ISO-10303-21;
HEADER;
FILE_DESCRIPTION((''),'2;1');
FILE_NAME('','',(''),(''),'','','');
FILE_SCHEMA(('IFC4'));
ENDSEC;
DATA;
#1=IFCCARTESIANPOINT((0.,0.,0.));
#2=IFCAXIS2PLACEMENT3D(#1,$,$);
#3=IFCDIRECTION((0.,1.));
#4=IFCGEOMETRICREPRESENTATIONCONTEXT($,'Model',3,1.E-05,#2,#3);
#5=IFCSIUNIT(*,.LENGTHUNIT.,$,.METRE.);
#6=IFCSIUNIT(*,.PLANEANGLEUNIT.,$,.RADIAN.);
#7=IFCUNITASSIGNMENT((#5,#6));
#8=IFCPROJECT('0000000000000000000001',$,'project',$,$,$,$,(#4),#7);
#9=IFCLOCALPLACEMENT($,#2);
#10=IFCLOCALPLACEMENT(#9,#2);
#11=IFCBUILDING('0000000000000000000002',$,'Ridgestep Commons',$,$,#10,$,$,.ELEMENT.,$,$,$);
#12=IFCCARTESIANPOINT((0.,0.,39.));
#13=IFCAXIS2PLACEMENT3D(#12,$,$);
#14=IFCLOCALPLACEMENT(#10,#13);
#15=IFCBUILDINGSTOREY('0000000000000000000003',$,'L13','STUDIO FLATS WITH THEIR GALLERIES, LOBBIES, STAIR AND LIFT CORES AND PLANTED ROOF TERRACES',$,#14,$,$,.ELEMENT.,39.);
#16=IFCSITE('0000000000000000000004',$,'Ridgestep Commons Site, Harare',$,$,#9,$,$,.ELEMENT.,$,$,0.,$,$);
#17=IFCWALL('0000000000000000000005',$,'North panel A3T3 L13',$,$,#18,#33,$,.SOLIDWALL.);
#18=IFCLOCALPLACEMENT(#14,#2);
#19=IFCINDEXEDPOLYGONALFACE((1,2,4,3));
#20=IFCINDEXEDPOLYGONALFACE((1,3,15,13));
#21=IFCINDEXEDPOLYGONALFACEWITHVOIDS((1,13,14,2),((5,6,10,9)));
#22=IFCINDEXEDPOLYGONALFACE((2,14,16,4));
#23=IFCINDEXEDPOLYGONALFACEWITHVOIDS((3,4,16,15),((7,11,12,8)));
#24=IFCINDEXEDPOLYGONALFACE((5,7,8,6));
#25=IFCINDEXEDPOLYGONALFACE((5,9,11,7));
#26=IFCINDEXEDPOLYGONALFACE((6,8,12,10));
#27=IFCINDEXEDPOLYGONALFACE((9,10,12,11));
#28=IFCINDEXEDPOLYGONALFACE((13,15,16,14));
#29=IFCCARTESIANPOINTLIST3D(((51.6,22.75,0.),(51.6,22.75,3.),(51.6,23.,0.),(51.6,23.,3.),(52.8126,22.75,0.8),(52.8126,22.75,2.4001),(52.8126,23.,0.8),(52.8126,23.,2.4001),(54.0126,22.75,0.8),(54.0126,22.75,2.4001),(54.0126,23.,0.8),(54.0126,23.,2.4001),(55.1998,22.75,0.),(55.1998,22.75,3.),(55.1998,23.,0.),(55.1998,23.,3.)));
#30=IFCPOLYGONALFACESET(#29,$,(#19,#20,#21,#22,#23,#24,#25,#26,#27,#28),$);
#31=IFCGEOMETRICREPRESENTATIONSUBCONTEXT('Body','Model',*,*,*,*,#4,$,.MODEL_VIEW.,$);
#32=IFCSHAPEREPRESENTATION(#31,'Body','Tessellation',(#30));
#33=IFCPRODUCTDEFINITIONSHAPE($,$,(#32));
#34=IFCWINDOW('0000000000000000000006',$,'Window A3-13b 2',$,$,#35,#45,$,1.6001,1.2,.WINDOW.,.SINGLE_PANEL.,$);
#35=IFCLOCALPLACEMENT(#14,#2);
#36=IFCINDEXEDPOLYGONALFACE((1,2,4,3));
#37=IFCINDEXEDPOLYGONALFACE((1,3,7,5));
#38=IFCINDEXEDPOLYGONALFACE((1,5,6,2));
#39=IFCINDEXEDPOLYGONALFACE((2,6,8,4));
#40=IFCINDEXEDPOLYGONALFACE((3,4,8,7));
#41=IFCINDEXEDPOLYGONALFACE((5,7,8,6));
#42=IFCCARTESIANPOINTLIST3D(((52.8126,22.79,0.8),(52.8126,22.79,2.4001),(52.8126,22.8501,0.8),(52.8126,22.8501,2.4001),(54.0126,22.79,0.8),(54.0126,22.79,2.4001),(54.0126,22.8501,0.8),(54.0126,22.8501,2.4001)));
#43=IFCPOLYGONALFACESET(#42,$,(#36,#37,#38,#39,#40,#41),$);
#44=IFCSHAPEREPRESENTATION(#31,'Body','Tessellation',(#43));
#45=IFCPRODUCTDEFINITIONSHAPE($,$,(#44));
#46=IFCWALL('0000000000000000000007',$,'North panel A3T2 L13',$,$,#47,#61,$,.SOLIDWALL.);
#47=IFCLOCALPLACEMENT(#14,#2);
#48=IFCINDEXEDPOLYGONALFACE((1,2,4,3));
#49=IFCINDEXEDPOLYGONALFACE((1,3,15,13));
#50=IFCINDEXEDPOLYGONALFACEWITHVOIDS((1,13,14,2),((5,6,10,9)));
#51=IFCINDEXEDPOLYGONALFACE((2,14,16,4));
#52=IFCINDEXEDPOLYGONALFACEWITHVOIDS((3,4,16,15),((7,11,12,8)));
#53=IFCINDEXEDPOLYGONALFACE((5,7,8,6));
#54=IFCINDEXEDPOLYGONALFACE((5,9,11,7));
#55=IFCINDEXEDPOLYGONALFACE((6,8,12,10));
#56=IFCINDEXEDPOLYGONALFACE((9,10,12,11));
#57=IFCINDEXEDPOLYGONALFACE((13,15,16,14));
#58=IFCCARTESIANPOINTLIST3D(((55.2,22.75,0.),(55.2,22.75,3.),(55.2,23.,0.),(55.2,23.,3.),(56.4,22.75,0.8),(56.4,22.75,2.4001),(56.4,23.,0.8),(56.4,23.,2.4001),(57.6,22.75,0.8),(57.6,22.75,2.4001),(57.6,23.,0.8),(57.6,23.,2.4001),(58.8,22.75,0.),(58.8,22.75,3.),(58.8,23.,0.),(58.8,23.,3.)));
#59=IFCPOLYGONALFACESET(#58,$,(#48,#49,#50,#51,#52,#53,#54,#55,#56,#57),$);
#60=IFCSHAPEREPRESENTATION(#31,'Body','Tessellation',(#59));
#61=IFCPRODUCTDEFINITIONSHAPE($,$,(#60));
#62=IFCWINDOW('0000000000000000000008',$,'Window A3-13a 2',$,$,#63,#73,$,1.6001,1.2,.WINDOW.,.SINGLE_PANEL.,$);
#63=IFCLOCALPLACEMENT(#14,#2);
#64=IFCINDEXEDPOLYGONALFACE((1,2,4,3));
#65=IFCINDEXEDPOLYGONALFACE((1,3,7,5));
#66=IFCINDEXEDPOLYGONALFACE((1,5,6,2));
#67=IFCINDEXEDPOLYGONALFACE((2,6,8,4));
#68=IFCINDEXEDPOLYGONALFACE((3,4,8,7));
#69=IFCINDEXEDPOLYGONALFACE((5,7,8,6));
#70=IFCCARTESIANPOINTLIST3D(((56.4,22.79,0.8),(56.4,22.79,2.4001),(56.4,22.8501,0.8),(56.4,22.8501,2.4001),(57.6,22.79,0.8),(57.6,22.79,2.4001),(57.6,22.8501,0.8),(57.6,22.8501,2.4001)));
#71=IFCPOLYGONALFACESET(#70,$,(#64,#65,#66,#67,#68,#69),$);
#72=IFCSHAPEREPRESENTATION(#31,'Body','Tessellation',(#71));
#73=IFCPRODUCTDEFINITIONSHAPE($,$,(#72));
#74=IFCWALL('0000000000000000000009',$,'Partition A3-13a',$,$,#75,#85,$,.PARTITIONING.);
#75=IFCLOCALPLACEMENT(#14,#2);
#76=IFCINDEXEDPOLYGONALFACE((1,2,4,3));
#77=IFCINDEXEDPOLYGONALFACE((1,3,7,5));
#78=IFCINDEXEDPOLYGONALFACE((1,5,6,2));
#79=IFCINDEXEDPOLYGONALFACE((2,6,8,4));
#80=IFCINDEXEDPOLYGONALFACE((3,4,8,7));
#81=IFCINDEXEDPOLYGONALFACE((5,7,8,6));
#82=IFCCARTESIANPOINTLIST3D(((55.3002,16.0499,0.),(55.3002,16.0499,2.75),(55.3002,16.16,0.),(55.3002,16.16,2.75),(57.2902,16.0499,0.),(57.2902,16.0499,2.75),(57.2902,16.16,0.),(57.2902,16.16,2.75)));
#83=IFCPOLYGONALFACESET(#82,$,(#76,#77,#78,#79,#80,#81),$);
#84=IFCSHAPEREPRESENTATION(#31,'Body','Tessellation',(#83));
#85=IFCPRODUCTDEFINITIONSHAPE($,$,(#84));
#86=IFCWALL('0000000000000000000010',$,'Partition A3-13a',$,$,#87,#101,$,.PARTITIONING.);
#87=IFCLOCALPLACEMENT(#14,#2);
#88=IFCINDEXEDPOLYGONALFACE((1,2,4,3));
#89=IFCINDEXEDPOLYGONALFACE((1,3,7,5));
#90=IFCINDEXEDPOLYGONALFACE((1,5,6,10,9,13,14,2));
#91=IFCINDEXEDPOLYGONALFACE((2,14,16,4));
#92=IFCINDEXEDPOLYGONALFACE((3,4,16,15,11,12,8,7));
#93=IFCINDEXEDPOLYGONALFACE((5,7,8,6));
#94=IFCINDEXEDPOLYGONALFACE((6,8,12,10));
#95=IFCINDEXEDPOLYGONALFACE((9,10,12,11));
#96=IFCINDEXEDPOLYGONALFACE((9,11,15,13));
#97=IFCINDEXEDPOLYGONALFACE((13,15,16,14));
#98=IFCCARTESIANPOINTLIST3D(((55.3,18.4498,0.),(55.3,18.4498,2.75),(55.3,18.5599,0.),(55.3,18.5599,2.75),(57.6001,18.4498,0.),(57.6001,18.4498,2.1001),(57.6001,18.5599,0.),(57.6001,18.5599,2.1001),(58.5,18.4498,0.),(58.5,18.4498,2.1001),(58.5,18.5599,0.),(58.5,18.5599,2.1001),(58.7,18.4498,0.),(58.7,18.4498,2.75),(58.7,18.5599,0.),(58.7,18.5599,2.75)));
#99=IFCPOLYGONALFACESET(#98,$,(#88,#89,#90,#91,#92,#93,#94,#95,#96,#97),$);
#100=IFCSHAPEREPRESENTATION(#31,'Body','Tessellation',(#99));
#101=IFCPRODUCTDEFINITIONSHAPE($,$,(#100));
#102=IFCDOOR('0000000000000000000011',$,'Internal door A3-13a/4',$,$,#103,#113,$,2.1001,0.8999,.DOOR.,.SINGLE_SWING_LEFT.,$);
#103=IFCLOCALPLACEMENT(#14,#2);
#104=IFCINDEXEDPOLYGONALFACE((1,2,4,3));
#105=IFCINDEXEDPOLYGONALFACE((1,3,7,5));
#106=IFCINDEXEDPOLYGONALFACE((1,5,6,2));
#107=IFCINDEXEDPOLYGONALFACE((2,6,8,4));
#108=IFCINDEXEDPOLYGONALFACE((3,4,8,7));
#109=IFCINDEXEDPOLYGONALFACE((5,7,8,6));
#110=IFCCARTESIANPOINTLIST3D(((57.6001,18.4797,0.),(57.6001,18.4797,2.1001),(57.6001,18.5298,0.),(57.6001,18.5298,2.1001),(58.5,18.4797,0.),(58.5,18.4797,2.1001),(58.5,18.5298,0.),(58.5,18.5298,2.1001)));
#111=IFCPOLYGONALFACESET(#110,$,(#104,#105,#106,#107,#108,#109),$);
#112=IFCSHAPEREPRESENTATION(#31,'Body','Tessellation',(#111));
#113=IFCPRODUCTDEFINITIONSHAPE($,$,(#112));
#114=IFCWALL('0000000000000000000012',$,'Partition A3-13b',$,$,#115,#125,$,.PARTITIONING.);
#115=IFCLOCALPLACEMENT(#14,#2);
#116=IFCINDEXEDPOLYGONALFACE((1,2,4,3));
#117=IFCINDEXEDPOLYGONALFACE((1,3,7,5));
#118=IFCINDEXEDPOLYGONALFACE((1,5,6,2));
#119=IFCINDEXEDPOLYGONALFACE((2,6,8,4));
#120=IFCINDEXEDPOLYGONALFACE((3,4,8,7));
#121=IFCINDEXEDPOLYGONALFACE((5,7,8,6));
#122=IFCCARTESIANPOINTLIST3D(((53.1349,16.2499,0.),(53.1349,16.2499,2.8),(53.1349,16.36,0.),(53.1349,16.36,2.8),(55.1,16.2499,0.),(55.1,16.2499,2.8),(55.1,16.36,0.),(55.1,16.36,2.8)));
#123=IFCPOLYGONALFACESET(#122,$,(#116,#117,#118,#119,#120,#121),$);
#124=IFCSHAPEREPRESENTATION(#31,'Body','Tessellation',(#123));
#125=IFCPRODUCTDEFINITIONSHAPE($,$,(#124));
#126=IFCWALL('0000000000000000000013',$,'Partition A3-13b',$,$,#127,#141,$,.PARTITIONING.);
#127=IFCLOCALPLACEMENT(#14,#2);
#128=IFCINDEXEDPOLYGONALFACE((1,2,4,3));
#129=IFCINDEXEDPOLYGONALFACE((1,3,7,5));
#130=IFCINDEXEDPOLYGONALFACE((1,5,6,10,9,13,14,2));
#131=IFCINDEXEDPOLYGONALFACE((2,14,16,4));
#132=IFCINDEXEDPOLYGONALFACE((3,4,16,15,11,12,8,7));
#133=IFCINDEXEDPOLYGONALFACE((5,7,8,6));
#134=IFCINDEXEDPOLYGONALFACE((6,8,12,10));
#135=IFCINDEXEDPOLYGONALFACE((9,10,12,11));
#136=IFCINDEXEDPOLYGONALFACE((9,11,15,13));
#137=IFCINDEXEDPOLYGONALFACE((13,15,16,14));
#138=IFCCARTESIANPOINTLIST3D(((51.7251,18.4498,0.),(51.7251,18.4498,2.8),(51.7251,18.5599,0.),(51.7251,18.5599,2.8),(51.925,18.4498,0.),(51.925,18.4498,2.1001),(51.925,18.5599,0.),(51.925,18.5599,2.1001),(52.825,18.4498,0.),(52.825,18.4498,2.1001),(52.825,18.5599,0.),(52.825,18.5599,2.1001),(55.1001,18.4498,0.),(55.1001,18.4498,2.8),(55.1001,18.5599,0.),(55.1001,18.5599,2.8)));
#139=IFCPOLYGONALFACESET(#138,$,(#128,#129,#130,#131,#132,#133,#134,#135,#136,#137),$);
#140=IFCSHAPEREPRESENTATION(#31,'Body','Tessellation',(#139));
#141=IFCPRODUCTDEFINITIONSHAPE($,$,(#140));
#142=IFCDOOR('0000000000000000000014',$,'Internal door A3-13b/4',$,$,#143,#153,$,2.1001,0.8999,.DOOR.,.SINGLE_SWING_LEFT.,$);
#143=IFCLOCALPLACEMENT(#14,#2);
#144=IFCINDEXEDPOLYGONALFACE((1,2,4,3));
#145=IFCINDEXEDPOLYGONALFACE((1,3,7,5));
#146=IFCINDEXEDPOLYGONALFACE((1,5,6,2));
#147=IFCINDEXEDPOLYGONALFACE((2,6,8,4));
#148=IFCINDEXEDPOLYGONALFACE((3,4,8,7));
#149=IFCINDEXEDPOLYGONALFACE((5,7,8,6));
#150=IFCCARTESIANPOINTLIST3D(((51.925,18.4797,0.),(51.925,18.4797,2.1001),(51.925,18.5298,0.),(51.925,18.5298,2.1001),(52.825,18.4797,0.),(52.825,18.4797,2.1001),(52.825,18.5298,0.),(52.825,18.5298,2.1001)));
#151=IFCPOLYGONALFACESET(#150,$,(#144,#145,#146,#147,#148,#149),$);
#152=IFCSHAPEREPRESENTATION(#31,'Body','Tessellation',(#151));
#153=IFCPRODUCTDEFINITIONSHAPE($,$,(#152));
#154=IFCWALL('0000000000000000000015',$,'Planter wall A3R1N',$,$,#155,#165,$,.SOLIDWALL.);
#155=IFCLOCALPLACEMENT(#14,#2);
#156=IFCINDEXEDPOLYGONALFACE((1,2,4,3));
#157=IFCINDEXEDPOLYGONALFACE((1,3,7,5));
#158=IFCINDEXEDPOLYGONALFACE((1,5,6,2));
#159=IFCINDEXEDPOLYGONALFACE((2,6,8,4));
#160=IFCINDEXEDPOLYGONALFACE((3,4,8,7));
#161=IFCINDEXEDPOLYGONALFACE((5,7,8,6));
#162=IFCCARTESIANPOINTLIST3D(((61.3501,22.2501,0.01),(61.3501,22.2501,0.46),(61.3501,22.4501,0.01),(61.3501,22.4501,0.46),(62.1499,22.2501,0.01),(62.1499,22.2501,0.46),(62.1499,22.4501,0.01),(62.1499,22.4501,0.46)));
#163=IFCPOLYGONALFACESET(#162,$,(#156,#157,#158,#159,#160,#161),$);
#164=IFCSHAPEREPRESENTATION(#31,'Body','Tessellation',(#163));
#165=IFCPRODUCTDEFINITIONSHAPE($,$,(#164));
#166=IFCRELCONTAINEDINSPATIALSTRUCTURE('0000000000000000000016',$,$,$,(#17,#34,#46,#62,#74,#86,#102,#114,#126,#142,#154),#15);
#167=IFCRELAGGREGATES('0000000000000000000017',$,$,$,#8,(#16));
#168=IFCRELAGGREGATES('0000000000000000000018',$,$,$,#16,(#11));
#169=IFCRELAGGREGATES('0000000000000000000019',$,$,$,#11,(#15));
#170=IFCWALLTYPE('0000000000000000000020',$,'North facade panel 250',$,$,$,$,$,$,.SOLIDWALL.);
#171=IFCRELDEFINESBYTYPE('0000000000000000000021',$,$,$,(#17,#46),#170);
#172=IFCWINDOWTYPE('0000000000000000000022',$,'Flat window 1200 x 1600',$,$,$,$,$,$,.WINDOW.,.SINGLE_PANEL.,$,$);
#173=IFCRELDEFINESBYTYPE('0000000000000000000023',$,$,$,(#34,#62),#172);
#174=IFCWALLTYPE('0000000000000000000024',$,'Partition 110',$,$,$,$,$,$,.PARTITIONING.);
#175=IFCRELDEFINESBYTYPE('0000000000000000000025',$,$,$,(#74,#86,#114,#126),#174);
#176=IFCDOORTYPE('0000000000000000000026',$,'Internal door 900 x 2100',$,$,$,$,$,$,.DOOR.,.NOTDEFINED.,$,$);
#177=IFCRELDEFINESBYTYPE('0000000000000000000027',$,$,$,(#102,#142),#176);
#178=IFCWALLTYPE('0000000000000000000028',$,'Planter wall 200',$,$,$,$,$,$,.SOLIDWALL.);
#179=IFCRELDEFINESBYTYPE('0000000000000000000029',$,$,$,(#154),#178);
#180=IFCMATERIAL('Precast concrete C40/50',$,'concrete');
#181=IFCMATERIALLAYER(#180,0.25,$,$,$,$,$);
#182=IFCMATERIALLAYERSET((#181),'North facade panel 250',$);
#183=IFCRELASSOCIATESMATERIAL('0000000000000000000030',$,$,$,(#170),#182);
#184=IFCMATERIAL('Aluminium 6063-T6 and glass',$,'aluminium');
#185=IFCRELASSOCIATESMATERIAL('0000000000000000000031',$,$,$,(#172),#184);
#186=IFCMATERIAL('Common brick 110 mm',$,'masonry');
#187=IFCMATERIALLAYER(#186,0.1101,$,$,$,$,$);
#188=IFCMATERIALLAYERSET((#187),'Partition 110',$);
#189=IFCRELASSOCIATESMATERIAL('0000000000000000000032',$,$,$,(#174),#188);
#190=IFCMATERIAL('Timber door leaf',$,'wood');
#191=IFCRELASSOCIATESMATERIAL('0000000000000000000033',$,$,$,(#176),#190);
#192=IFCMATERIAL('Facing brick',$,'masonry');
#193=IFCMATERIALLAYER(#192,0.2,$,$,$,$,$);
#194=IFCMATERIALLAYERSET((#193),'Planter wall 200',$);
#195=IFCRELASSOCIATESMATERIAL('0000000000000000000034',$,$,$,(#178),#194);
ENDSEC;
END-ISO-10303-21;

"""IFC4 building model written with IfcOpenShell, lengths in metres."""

from ifc_helpers import new_model, si_unit, direction, frame, frame_2d, origin, place, context, subcontext, project, spatial, rectangle, extrude, material, layer, layer_set, type_object, element, fill, save


model = new_model("IFC4")

# Units and contexts
model_context = context("Model", 3, precision=1e-05, world=origin(), true_north=direction((0.0, 1.0)))
body_context = subcontext(model_context, "Body", "Model", "MODEL_VIEW")
ifc_project = project(units=[si_unit("LENGTHUNIT", "METRE"), si_unit("PLANEANGLEUNIT", "RADIAN")], contexts=[model_context])

# Site, building, storey
site_placement = place(None, origin())
site = spatial("IfcSite", under=ifc_project, at=site_placement, Name="Ridgestep Commons Site, Harare", CompositionType="ELEMENT", RefElevation=0.0)
building_placement = place(site_placement, origin())
building = spatial("IfcBuilding", under=site, at=building_placement, Name="Ridgestep Commons", CompositionType="ELEMENT")
storey_placement = place(building_placement, frame((0.0, 0.0, 39.0)))
storey = spatial("IfcBuildingStorey", under=building, at=storey_placement, Name="L13", Description="STUDIO FLATS WITH THEIR GALLERIES, LOBBIES, STAIR AND LIFT CORES AND PLANTED ROOF TERRACES", CompositionType="ELEMENT", Elevation=39.0)

# Walls, openings, windows
ifc_material_1 = material(Name="Precast concrete C40/50", Category="concrete")
ifc_layer_1 = layer(ifc_material_1, 0.25)
ifc_layer_set_1 = layer_set([ifc_layer_1], Name="North facade panel 250")
wall_type_1 = type_object("IfcWallType", Name="North facade panel 250", PredefinedType="SOLIDWALL", material=ifc_layer_set_1)
wall_1_placement = place(storey_placement, frame((51.6001, 22.875, 0.0), z_axis=(0.0, 0.0, 1.0), x_axis=(1.0, 0.0, 0.0)))
wall_1 = element("IfcWall", 1, at=wall_1_placement, inside=storey, type_object=wall_type_1, Name="North panel A3T3 L13", PredefinedType="SOLIDWALL", context=body_context, shape_type="SweptSolid", body=[
    extrude(rectangle(XDim=3.5999, YDim=0.25, at=frame_2d((1.7998, 0.0))), origin(), (0.0, 0.0, 1.0), 3.0),
])
opening_1_placement = place(wall_1_placement, frame((1.2124, 0.0, 0.8)))
opening_1 = element("IfcOpeningElement", 2, at=opening_1_placement, cuts=wall_1, PredefinedType="OPENING", context=body_context, shape_type="SweptSolid", body=[
    extrude(rectangle(XDim=1.2, YDim=1.6001, at=frame_2d((0.6001, 0.8))), frame((0.0, 0.135, 0.0), z_axis=(0.0, -1.0, 0.0), x_axis=(1.0, 0.0, 0.0)), (0.0, 0.0, 1.0), 0.27),
])
ifc_material_2 = material(Name="Aluminium 6063-T6 and glass", Category="aluminium")
window_type = type_object("IfcWindowType", Name="Flat window 1200 x 1600", PartitioningType="SINGLE_PANEL", PredefinedType="WINDOW", material=ifc_material_2)
window_1_placement = place(opening_1_placement, origin())
window_1 = element("IfcWindow", 3, at=window_1_placement, inside=storey, type_object=window_type, Name="Window A3-13b 2", OverallHeight=1.6001, OverallWidth=1.2, PartitioningType="SINGLE_PANEL", PredefinedType="WINDOW", context=body_context, shape_type="SweptSolid", body=[
    extrude(rectangle(XDim=1.2, YDim=1.6001, at=frame_2d((0.6001, 0.8))), frame((0.0, -0.0249, 0.0), z_axis=(0.0, -1.0, 0.0), x_axis=(1.0, 0.0, 0.0)), (0.0, 0.0, 1.0), 0.0601),
])
fill(opening_1, window_1)
wall_2_placement = place(storey_placement, frame((55.2, 22.875, 0.0), z_axis=(0.0, 0.0, 1.0), x_axis=(1.0, 0.0, 0.0)))
wall_2 = element("IfcWall", 4, at=wall_2_placement, inside=storey, type_object=wall_type_1, Name="North panel A3T2 L13", PredefinedType="SOLIDWALL", context=body_context, shape_type="SweptSolid", body=[
    extrude(rectangle(XDim=3.6001, YDim=0.25, at=frame_2d((1.8, 0.0))), origin(), (0.0, 0.0, 1.0), 3.0),
])
opening_2_placement = place(wall_2_placement, frame((1.2, 0.0, 0.8)))
opening_2 = element("IfcOpeningElement", 5, at=opening_2_placement, cuts=wall_2, PredefinedType="OPENING", context=body_context, shape_type="SweptSolid", body=[
    extrude(rectangle(XDim=1.2, YDim=1.6001, at=frame_2d((0.6001, 0.8))), frame((0.0, 0.135, 0.0), z_axis=(0.0, -1.0, 0.0), x_axis=(1.0, 0.0, 0.0)), (0.0, 0.0, 1.0), 0.27),
])
window_2_placement = place(opening_2_placement, origin())
window_2 = element("IfcWindow", 6, at=window_2_placement, inside=storey, type_object=window_type, Name="Window A3-13a 2", OverallHeight=1.6001, OverallWidth=1.2, PartitioningType="SINGLE_PANEL", PredefinedType="WINDOW", context=body_context, shape_type="SweptSolid", body=[
    extrude(rectangle(XDim=1.2, YDim=1.6001, at=frame_2d((0.6001, 0.8))), frame((0.0, -0.0249, 0.0), z_axis=(0.0, -1.0, 0.0), x_axis=(1.0, 0.0, 0.0)), (0.0, 0.0, 1.0), 0.0601),
])
fill(opening_2, window_2)

# Wall
ifc_material_3 = material(Name="Common brick 110 mm", Category="masonry")
ifc_layer_2 = layer(ifc_material_3, 0.1101)
ifc_layer_set_2 = layer_set([ifc_layer_2], Name="Partition 110")
wall_type_2 = type_object("IfcWallType", Name="Partition 110", PredefinedType="PARTITIONING", material=ifc_layer_set_2)
wall_3_placement = place(storey_placement, frame((55.3, 16.105, 0.0), z_axis=(0.0, 0.0, 1.0), x_axis=(1.0, 0.0, 0.0)))
element("IfcWall", 7, at=wall_3_placement, inside=storey, type_object=wall_type_2, Name="Partition A3-13a", PredefinedType="PARTITIONING", context=body_context, shape_type="SweptSolid", body=[
    extrude(rectangle(XDim=1.99, YDim=0.1101, at=frame_2d((0.9951, 0.0))), origin(), (0.0, 0.0, 1.0), 2.75),
])

# Wall, opening, door
wall_4_placement = place(storey_placement, frame((55.3, 18.5049, 0.0), z_axis=(0.0, 0.0, 1.0), x_axis=(1.0, 0.0, 0.0)))
wall_4 = element("IfcWall", 8, at=wall_4_placement, inside=storey, type_object=wall_type_2, Name="Partition A3-13a", PredefinedType="PARTITIONING", context=body_context, shape_type="SweptSolid", body=[
    extrude(rectangle(XDim=3.3999, YDim=0.1101, at=frame_2d((1.7, 0.0))), origin(), (0.0, 0.0, 1.0), 2.75),
])
opening_3_placement = place(wall_4_placement, frame((2.3, 0.0, 0.0)))
opening_3 = element("IfcOpeningElement", 9, at=opening_3_placement, cuts=wall_4, PredefinedType="OPENING", context=body_context, shape_type="SweptSolid", body=[
    extrude(rectangle(XDim=0.8999, YDim=2.1001, at=frame_2d((0.45, 1.05))), frame((0.0, 0.0649, 0.0), z_axis=(0.0, -1.0, 0.0), x_axis=(1.0, 0.0, 0.0)), (0.0, 0.0, 1.0), 0.1301),
])
ifc_material_4 = material(Name="Timber door leaf", Category="wood")
door_type = type_object("IfcDoorType", Name="Internal door 900 x 2100", OperationType="NOTDEFINED", PredefinedType="DOOR", material=ifc_material_4)
door_1_placement = place(opening_3_placement, origin())
door_1 = element("IfcDoor", 10, at=door_1_placement, inside=storey, type_object=door_type, Name="Internal door A3-13a/4", OperationType="SINGLE_SWING_LEFT", OverallHeight=2.1001, OverallWidth=0.8999, PredefinedType="DOOR", context=body_context, shape_type="SweptSolid", body=[
    extrude(rectangle(XDim=0.8999, YDim=2.1001, at=frame_2d((0.45, 1.05))), frame((0.0, 0.0249, 0.0), z_axis=(0.0, -1.0, 0.0), x_axis=(1.0, 0.0, 0.0)), (0.0, 0.0, 1.0), 0.05),
])
fill(opening_3, door_1)

# Wall
wall_5_placement = place(storey_placement, frame((53.135, 16.3049, 0.0), z_axis=(0.0, 0.0, 1.0), x_axis=(1.0, 0.0, 0.0)))
element("IfcWall", 11, at=wall_5_placement, inside=storey, type_object=wall_type_2, Name="Partition A3-13b", PredefinedType="PARTITIONING", context=body_context, shape_type="SweptSolid", body=[
    extrude(rectangle(XDim=1.9651, YDim=0.1101, at=frame_2d((0.9824, 0.0))), origin(), (0.0, 0.0, 1.0), 2.8),
])

# Wall, opening, door
wall_6_placement = place(storey_placement, frame((51.7251, 18.5049, 0.0), z_axis=(0.0, 0.0, 1.0), x_axis=(1.0, 0.0, 0.0)))
wall_6 = element("IfcWall", 12, at=wall_6_placement, inside=storey, type_object=wall_type_2, Name="Partition A3-13b", PredefinedType="PARTITIONING", context=body_context, shape_type="SweptSolid", body=[
    extrude(rectangle(XDim=3.375, YDim=0.1101, at=frame_2d((1.6875, 0.0))), origin(), (0.0, 0.0, 1.0), 2.8),
])
opening_4_placement = place(wall_6_placement, frame((0.2, 0.0, 0.0)))
opening_4 = element("IfcOpeningElement", 13, at=opening_4_placement, cuts=wall_6, PredefinedType="OPENING", context=body_context, shape_type="SweptSolid", body=[
    extrude(rectangle(XDim=0.8999, YDim=2.1001, at=frame_2d((0.45, 1.05))), frame((0.0, 0.0649, 0.0), z_axis=(0.0, -1.0, 0.0), x_axis=(1.0, 0.0, 0.0)), (0.0, 0.0, 1.0), 0.1301),
])
door_2_placement = place(opening_4_placement, origin())
door_2 = element("IfcDoor", 14, at=door_2_placement, inside=storey, type_object=door_type, Name="Internal door A3-13b/4", OperationType="SINGLE_SWING_LEFT", OverallHeight=2.1001, OverallWidth=0.8999, PredefinedType="DOOR", context=body_context, shape_type="SweptSolid", body=[
    extrude(rectangle(XDim=0.8999, YDim=2.1001, at=frame_2d((0.45, 1.05))), frame((0.0, 0.0249, 0.0), z_axis=(0.0, -1.0, 0.0), x_axis=(1.0, 0.0, 0.0)), (0.0, 0.0, 1.0), 0.05),
])
fill(opening_4, door_2)

# Wall
ifc_material_5 = material(Name="Facing brick", Category="masonry")
ifc_layer_3 = layer(ifc_material_5, 0.2)
ifc_layer_set_3 = layer_set([ifc_layer_3], Name="Planter wall 200")
wall_type_3 = type_object("IfcWallType", Name="Planter wall 200", PredefinedType="SOLIDWALL", material=ifc_layer_set_3)
wall_7_placement = place(storey_placement, frame((61.3501, 22.3501, 0.01), z_axis=(0.0, 0.0, 1.0), x_axis=(1.0, 0.0, 0.0)))
element("IfcWall", 15, at=wall_7_placement, inside=storey, type_object=wall_type_3, Name="Planter wall A3R1N", PredefinedType="SOLIDWALL", context=body_context, shape_type="SweptSolid", body=[
    extrude(rectangle(XDim=0.7998, YDim=0.2, at=frame_2d((0.3999, 0.0))), origin(), (0.0, 0.0, 1.0), 0.45),
])

save(model, "model.ifc")
